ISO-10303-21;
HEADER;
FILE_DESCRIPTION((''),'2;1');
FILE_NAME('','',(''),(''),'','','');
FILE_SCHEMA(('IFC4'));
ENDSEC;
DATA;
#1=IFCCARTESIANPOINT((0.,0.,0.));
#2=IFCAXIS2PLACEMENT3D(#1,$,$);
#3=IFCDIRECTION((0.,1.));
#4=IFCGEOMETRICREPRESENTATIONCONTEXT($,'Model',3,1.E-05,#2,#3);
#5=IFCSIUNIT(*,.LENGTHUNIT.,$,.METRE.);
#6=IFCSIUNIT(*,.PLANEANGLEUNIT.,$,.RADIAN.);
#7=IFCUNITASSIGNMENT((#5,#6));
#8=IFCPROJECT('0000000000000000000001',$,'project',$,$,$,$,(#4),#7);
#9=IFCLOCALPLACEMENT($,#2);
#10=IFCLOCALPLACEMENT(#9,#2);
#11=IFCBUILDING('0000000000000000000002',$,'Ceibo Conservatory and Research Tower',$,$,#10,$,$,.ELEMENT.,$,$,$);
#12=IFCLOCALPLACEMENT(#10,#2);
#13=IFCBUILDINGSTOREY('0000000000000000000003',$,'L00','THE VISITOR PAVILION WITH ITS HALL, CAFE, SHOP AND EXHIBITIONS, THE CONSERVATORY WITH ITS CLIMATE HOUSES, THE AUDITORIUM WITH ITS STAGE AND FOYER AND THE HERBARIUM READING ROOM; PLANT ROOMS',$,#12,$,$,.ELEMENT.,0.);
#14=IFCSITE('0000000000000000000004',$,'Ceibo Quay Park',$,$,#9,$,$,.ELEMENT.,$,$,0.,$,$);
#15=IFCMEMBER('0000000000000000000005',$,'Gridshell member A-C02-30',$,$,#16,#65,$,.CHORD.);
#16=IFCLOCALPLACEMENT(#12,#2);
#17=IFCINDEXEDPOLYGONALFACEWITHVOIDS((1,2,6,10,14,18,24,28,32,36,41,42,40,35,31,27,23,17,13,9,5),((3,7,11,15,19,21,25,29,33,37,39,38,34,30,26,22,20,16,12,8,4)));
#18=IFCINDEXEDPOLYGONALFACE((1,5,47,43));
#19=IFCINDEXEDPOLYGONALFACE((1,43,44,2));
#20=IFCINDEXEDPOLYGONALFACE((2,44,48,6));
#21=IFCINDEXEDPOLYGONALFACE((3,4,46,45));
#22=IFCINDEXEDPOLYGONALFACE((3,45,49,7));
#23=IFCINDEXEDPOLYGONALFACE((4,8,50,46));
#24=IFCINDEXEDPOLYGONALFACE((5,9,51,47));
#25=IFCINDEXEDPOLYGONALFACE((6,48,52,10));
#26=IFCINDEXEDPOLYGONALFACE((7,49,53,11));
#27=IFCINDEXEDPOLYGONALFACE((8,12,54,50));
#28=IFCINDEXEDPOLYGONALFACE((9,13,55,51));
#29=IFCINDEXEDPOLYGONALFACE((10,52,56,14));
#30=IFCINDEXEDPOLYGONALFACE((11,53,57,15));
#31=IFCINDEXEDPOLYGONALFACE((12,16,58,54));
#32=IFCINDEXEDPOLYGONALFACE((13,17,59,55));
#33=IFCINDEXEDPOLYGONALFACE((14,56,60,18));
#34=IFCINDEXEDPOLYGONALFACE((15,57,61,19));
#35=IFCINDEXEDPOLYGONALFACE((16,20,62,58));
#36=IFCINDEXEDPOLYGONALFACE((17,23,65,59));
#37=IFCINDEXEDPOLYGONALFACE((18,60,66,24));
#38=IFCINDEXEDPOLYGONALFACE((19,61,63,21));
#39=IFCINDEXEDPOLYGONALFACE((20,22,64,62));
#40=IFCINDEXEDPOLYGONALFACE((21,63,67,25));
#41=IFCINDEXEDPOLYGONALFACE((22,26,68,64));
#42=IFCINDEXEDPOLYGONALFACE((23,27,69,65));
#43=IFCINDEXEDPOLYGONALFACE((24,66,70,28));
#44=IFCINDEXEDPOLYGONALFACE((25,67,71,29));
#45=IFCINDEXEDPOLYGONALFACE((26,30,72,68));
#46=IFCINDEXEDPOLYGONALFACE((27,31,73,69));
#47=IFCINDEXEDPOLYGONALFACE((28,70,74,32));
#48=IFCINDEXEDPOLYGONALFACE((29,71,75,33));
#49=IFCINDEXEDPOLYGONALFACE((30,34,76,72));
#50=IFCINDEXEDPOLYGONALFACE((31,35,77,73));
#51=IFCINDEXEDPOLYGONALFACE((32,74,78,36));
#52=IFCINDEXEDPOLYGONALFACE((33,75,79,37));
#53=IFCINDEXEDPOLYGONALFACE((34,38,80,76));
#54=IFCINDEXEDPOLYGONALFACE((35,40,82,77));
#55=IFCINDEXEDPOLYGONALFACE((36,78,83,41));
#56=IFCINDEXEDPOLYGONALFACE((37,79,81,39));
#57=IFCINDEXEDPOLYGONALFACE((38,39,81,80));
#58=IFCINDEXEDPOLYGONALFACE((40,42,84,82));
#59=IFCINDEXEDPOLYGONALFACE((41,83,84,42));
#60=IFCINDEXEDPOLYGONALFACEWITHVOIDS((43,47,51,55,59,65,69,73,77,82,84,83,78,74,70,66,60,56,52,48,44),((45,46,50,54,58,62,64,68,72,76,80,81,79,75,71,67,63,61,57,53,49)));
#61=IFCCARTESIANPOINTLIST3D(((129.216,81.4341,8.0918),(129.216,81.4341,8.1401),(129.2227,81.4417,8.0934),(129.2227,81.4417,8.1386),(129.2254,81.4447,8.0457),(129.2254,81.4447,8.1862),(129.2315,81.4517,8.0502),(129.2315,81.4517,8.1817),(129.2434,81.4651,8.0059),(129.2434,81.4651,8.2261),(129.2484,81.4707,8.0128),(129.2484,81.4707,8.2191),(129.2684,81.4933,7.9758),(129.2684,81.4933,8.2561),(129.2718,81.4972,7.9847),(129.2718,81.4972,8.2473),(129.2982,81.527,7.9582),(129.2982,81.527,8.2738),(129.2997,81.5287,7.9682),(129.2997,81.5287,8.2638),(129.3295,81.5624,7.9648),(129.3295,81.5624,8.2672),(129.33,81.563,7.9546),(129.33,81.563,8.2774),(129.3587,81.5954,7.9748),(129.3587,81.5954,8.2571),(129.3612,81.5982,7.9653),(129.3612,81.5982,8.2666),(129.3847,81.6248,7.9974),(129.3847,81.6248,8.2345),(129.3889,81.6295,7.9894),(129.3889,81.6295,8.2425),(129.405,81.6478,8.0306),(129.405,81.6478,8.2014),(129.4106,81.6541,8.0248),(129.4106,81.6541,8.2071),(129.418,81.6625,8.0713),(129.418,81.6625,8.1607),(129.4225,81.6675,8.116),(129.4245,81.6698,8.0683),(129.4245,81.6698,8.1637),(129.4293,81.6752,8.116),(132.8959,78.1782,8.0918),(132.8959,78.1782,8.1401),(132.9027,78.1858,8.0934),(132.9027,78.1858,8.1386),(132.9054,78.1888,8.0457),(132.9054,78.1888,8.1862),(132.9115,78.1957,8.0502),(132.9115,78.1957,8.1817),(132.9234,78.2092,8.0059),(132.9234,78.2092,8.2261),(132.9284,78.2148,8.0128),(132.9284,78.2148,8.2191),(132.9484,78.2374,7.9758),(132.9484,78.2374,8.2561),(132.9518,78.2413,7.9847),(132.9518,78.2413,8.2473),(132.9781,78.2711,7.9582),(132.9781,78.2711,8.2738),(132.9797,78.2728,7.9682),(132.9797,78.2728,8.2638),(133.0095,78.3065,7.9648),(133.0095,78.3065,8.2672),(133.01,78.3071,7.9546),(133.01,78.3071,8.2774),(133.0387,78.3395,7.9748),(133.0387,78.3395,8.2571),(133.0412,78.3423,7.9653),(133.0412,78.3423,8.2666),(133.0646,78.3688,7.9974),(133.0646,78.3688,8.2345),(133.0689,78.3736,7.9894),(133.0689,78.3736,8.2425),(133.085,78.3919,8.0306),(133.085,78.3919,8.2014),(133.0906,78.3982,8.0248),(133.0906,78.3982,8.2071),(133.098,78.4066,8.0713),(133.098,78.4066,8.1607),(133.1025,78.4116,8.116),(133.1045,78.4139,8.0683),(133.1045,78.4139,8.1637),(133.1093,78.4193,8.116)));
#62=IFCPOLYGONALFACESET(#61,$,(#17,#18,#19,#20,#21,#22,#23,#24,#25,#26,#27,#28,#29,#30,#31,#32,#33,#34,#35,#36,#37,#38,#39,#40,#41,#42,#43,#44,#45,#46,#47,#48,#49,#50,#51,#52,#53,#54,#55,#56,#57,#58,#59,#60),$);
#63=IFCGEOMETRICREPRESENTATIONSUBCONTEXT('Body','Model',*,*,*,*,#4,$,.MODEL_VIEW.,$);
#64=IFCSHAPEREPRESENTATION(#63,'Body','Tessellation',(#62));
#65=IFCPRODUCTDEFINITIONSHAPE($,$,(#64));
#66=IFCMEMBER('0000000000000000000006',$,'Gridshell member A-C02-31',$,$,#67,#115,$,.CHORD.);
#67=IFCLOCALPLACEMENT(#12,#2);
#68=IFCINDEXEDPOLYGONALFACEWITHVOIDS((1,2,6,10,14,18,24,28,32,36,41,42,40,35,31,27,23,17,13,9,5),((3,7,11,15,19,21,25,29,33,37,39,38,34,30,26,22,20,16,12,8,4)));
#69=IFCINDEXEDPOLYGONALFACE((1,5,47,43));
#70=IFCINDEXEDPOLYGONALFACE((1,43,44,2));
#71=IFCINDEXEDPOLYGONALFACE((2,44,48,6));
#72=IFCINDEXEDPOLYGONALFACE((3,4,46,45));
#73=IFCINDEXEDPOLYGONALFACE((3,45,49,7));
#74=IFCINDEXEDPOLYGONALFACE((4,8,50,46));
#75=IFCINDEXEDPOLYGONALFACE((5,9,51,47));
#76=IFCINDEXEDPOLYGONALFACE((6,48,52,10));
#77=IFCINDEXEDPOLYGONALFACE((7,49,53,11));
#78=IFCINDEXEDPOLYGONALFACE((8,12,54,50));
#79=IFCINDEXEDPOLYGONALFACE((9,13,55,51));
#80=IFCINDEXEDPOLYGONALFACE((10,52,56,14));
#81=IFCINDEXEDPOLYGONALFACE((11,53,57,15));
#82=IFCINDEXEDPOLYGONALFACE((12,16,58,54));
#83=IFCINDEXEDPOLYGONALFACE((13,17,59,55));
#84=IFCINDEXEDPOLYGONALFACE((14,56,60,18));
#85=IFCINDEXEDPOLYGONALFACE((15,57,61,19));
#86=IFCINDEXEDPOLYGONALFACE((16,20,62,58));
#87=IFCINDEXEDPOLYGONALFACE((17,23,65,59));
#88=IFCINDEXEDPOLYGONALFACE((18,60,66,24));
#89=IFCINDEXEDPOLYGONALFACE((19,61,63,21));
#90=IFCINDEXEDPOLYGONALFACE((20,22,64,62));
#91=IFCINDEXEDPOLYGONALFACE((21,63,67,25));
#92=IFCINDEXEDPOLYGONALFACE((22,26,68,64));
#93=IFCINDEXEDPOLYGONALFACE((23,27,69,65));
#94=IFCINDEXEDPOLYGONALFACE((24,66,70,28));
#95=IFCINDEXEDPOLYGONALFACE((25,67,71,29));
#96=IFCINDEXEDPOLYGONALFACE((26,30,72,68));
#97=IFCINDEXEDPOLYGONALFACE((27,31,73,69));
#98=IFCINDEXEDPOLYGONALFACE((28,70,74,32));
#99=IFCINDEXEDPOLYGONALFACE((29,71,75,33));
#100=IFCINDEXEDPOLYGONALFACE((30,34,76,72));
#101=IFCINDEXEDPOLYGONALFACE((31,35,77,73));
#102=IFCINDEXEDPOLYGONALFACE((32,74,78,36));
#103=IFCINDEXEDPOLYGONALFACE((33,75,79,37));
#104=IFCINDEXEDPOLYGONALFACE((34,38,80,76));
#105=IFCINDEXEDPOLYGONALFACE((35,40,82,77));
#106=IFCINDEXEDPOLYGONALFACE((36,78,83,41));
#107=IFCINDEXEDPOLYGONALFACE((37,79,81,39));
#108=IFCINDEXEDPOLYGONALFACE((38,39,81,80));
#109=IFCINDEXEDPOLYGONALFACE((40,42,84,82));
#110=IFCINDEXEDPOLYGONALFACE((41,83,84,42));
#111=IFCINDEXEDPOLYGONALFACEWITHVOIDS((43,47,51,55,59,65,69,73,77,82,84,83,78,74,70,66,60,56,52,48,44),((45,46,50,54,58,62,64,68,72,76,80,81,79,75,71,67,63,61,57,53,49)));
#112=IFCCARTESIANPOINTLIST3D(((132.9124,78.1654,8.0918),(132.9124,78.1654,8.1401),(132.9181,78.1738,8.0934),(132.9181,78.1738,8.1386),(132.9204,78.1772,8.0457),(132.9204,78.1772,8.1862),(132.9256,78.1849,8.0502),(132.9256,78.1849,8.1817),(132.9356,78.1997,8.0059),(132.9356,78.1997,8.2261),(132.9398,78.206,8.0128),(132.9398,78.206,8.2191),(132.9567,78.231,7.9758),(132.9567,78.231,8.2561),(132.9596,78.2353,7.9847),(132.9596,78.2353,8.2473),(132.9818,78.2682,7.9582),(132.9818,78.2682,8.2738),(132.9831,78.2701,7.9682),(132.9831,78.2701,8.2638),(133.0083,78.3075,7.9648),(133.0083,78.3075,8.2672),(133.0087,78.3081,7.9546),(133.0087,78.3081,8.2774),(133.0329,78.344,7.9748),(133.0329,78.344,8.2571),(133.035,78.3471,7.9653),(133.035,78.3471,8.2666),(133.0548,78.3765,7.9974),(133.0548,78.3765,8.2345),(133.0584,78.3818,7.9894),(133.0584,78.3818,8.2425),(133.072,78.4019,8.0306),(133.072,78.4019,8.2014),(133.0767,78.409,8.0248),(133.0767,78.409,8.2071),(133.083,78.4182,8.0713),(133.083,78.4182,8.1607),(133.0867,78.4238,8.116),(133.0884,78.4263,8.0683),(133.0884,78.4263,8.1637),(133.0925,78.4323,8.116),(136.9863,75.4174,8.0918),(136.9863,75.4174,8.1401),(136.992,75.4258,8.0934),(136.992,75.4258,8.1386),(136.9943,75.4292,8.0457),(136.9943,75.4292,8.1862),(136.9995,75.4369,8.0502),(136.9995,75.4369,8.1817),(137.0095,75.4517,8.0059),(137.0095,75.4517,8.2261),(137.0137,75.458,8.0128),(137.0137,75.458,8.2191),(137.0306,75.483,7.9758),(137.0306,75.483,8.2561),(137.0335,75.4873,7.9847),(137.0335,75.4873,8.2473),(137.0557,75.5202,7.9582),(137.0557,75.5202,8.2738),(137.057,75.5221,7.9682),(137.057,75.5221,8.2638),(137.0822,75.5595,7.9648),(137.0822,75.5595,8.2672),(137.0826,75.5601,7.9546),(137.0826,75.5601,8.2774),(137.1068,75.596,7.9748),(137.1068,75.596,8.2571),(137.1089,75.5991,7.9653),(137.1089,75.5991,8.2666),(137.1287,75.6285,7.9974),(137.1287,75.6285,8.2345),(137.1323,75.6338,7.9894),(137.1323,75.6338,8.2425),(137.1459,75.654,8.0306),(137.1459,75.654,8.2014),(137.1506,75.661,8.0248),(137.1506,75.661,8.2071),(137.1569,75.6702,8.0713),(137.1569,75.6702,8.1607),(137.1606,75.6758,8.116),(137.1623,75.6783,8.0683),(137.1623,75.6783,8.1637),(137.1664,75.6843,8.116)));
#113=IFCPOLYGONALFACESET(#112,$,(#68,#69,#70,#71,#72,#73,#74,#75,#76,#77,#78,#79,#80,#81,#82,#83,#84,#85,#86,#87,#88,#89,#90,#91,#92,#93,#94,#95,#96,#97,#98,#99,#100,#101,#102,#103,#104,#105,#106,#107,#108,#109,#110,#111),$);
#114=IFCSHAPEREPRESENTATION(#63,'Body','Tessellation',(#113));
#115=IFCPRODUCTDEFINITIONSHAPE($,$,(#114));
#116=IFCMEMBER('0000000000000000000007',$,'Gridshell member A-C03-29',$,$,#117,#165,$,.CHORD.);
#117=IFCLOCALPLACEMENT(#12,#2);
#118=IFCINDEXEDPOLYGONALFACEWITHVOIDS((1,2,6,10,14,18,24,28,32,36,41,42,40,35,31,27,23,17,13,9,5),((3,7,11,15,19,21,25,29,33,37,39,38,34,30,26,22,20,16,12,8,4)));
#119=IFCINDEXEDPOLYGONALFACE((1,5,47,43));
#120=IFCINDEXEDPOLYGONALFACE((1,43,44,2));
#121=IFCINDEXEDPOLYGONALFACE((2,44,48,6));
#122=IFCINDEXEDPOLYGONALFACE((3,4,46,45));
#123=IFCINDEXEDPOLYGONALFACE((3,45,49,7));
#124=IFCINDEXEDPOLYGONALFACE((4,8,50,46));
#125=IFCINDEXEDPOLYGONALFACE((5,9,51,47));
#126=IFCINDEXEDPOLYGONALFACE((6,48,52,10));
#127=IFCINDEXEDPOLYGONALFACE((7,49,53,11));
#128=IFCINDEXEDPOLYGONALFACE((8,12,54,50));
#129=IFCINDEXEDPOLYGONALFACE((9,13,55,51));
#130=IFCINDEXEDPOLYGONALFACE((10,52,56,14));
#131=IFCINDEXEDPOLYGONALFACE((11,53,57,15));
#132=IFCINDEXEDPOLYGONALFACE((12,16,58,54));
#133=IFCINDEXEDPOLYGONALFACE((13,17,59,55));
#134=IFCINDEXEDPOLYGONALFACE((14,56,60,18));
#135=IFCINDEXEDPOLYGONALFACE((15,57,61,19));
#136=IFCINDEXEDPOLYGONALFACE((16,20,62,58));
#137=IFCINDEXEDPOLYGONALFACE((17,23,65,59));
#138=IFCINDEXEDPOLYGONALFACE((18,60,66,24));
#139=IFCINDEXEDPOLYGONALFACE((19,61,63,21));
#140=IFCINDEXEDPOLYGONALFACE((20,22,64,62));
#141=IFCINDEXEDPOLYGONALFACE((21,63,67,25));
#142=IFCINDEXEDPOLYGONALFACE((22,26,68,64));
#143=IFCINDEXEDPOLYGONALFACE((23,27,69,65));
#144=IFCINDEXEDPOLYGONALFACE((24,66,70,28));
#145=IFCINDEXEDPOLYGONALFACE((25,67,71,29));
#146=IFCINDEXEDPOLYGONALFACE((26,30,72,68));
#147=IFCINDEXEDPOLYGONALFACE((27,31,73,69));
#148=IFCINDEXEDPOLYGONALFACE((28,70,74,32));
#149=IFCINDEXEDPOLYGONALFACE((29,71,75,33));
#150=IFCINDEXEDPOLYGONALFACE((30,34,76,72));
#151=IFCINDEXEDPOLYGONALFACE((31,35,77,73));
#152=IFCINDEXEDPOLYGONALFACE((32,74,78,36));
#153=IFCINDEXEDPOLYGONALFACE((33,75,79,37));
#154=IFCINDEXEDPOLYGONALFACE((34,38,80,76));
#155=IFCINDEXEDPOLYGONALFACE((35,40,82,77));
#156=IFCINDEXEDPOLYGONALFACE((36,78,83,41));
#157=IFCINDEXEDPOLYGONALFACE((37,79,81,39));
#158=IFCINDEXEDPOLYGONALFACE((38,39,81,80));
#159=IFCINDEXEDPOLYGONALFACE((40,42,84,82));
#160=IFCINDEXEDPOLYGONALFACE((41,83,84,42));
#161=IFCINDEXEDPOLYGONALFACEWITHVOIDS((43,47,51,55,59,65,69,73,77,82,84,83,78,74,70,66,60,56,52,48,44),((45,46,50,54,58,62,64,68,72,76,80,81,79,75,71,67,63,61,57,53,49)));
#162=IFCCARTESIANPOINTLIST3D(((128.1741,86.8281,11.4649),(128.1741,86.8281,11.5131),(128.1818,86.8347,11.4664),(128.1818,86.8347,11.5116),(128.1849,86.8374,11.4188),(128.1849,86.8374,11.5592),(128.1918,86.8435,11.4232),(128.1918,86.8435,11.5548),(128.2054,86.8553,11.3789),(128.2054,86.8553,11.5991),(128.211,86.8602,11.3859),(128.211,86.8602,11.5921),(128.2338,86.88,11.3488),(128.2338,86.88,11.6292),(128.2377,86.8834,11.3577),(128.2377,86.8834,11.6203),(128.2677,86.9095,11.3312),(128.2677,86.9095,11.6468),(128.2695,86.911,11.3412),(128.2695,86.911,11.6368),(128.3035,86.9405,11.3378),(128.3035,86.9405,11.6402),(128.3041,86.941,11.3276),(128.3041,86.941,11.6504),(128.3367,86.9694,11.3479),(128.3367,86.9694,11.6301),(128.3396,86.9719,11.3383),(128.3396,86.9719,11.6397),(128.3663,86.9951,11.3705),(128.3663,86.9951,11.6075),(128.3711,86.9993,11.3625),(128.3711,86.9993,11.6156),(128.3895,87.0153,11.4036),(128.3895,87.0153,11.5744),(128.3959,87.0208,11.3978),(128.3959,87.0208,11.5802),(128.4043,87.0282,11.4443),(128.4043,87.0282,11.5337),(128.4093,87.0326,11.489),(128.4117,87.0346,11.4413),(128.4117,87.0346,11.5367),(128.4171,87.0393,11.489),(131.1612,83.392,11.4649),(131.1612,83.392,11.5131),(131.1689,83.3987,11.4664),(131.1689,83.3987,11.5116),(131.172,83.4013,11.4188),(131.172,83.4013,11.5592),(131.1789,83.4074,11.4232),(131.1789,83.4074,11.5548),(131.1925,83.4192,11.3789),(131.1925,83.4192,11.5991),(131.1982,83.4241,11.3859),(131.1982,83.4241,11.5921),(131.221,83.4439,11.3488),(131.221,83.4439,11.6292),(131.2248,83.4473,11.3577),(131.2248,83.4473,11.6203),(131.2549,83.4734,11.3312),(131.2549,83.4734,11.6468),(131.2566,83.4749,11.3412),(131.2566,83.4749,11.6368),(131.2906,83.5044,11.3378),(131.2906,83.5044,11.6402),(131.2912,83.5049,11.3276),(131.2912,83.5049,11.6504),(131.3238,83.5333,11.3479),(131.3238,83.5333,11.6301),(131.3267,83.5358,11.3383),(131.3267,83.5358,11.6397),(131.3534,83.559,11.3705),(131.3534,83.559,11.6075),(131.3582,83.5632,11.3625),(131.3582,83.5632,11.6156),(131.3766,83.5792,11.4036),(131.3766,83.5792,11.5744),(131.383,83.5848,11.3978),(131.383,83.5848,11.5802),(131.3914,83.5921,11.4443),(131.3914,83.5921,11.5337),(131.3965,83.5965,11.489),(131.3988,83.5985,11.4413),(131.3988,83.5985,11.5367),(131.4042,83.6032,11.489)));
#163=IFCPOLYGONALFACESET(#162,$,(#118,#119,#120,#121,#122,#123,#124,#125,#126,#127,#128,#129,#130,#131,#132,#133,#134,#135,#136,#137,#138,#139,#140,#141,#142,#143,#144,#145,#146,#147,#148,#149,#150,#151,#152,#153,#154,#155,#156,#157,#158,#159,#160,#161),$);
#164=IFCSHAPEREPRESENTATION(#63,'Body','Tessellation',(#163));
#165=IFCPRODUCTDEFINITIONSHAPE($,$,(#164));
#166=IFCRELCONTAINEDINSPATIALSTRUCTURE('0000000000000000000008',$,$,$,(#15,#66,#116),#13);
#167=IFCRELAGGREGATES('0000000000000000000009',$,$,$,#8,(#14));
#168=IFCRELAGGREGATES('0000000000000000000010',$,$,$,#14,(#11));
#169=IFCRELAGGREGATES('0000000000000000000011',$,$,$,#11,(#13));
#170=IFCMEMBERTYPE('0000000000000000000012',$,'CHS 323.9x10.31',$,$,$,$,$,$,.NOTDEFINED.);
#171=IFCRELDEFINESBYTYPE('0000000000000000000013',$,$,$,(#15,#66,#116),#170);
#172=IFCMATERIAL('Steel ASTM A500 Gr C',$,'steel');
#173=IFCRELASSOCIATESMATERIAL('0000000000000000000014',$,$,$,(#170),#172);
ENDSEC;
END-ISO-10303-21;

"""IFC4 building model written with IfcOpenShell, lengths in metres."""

from ifc_helpers import new_model, si_unit, direction, frame, origin, origin_2d, place, context, subcontext, project, spatial, hollow_circle, extrude, material, material_profile, profile_set, type_object, element, save


model = new_model("IFC4")

# Units and contexts
model_context = context("Model", 3, precision=1e-05, world=origin(), true_north=direction((0.0, 1.0)))
body_context = subcontext(model_context, "Body", "Model", "MODEL_VIEW")
ifc_project = project(units=[si_unit("LENGTHUNIT", "METRE"), si_unit("PLANEANGLEUNIT", "RADIAN")], contexts=[model_context])

# Site, building, storey
site_placement = place(None, origin())
site = spatial("IfcSite", under=ifc_project, at=site_placement, Name="Ceibo Quay Park", CompositionType="ELEMENT", RefElevation=0.0)
building_placement = place(site_placement, origin())
building = spatial("IfcBuilding", under=site, at=building_placement, Name="Ceibo Conservatory and Research Tower", CompositionType="ELEMENT")
storey_placement = place(building_placement, origin())
storey = spatial("IfcBuildingStorey", under=building, at=storey_placement, Name="L00", Description="THE VISITOR PAVILION WITH ITS HALL, CAFE, SHOP AND EXHIBITIONS, THE CONSERVATORY WITH ITS CLIMATE HOUSES, THE AUDITORIUM WITH ITS STAGE AND FOYER AND THE HERBARIUM READING ROOM; PLANT ROOMS", CompositionType="ELEMENT", Elevation=0.0)

# Members
ifc_material_1 = material(Name="Steel ASTM A500 Gr C", Category="steel")
ifc_material_profile_1 = material_profile(ifc_material_1, hollow_circle(Radius=0.1619, WallThickness=0.0103, at=origin_2d()), Name="CHS 323.9x10.31")
ifc_profile_set_1 = profile_set([ifc_material_profile_1], Name="Steel ASTM A500 Gr C")
member_type_1 = type_object("IfcMemberType", Name="CHS 323.9x10.31", PredefinedType="NOTDEFINED", material=ifc_profile_set_1)
member_1_placement = place(storey_placement, frame((129.322, 81.554, 8.116), z_axis=(0.748943, -0.662635, 0.0), x_axis=(0.662635, 0.748943, 0.0)))
element("IfcMember", 1, at=member_1_placement, inside=storey, type_object=member_type_1, Name="Gridshell member A-C02-30", PredefinedType="CHORD", context=body_context, shape_type="SweptSolid", body=[
    extrude(hollow_circle(Radius=0.1619, WallThickness=0.0103, at=origin_2d()), origin(), (0.0, 0.0, 1.0), 4.9136),
])
member_2_placement = place(storey_placement, frame((133.002, 78.2981, 8.116), z_axis=(0.829027, -0.559209, 0.0), x_axis=(0.559209, 0.829027, 0.0)))
element("IfcMember", 2, at=member_2_placement, inside=storey, type_object=member_type_1, Name="Gridshell member A-C02-31", PredefinedType="CHORD", context=body_context, shape_type="SweptSolid", body=[
    extrude(hollow_circle(Radius=0.1619, WallThickness=0.0103, at=origin_2d()), origin(), (0.0, 0.0, 1.0), 4.9141),
])
for number, where, z_axis, x_axis, name in (
    (3, (128.2949, 86.9331, 11.489), (0.656079, -0.754692, 0.0), (0.754692, 0.656079, 0.0), "Gridshell member A-C03-29"),
):
    element("IfcMember", number, at=place(storey_placement, frame(where, z_axis=z_axis, x_axis=x_axis)), inside=storey, type_object=member_type_1, Name=name, PredefinedType="CHORD", context=body_context, shape_type="SweptSolid", body=[
        extrude(hollow_circle(Radius=0.1619, WallThickness=0.0103, at=origin_2d()), origin(), (0.0, 0.0, 1.0), 4.553),
    ])

save(model, "model.ifc")
